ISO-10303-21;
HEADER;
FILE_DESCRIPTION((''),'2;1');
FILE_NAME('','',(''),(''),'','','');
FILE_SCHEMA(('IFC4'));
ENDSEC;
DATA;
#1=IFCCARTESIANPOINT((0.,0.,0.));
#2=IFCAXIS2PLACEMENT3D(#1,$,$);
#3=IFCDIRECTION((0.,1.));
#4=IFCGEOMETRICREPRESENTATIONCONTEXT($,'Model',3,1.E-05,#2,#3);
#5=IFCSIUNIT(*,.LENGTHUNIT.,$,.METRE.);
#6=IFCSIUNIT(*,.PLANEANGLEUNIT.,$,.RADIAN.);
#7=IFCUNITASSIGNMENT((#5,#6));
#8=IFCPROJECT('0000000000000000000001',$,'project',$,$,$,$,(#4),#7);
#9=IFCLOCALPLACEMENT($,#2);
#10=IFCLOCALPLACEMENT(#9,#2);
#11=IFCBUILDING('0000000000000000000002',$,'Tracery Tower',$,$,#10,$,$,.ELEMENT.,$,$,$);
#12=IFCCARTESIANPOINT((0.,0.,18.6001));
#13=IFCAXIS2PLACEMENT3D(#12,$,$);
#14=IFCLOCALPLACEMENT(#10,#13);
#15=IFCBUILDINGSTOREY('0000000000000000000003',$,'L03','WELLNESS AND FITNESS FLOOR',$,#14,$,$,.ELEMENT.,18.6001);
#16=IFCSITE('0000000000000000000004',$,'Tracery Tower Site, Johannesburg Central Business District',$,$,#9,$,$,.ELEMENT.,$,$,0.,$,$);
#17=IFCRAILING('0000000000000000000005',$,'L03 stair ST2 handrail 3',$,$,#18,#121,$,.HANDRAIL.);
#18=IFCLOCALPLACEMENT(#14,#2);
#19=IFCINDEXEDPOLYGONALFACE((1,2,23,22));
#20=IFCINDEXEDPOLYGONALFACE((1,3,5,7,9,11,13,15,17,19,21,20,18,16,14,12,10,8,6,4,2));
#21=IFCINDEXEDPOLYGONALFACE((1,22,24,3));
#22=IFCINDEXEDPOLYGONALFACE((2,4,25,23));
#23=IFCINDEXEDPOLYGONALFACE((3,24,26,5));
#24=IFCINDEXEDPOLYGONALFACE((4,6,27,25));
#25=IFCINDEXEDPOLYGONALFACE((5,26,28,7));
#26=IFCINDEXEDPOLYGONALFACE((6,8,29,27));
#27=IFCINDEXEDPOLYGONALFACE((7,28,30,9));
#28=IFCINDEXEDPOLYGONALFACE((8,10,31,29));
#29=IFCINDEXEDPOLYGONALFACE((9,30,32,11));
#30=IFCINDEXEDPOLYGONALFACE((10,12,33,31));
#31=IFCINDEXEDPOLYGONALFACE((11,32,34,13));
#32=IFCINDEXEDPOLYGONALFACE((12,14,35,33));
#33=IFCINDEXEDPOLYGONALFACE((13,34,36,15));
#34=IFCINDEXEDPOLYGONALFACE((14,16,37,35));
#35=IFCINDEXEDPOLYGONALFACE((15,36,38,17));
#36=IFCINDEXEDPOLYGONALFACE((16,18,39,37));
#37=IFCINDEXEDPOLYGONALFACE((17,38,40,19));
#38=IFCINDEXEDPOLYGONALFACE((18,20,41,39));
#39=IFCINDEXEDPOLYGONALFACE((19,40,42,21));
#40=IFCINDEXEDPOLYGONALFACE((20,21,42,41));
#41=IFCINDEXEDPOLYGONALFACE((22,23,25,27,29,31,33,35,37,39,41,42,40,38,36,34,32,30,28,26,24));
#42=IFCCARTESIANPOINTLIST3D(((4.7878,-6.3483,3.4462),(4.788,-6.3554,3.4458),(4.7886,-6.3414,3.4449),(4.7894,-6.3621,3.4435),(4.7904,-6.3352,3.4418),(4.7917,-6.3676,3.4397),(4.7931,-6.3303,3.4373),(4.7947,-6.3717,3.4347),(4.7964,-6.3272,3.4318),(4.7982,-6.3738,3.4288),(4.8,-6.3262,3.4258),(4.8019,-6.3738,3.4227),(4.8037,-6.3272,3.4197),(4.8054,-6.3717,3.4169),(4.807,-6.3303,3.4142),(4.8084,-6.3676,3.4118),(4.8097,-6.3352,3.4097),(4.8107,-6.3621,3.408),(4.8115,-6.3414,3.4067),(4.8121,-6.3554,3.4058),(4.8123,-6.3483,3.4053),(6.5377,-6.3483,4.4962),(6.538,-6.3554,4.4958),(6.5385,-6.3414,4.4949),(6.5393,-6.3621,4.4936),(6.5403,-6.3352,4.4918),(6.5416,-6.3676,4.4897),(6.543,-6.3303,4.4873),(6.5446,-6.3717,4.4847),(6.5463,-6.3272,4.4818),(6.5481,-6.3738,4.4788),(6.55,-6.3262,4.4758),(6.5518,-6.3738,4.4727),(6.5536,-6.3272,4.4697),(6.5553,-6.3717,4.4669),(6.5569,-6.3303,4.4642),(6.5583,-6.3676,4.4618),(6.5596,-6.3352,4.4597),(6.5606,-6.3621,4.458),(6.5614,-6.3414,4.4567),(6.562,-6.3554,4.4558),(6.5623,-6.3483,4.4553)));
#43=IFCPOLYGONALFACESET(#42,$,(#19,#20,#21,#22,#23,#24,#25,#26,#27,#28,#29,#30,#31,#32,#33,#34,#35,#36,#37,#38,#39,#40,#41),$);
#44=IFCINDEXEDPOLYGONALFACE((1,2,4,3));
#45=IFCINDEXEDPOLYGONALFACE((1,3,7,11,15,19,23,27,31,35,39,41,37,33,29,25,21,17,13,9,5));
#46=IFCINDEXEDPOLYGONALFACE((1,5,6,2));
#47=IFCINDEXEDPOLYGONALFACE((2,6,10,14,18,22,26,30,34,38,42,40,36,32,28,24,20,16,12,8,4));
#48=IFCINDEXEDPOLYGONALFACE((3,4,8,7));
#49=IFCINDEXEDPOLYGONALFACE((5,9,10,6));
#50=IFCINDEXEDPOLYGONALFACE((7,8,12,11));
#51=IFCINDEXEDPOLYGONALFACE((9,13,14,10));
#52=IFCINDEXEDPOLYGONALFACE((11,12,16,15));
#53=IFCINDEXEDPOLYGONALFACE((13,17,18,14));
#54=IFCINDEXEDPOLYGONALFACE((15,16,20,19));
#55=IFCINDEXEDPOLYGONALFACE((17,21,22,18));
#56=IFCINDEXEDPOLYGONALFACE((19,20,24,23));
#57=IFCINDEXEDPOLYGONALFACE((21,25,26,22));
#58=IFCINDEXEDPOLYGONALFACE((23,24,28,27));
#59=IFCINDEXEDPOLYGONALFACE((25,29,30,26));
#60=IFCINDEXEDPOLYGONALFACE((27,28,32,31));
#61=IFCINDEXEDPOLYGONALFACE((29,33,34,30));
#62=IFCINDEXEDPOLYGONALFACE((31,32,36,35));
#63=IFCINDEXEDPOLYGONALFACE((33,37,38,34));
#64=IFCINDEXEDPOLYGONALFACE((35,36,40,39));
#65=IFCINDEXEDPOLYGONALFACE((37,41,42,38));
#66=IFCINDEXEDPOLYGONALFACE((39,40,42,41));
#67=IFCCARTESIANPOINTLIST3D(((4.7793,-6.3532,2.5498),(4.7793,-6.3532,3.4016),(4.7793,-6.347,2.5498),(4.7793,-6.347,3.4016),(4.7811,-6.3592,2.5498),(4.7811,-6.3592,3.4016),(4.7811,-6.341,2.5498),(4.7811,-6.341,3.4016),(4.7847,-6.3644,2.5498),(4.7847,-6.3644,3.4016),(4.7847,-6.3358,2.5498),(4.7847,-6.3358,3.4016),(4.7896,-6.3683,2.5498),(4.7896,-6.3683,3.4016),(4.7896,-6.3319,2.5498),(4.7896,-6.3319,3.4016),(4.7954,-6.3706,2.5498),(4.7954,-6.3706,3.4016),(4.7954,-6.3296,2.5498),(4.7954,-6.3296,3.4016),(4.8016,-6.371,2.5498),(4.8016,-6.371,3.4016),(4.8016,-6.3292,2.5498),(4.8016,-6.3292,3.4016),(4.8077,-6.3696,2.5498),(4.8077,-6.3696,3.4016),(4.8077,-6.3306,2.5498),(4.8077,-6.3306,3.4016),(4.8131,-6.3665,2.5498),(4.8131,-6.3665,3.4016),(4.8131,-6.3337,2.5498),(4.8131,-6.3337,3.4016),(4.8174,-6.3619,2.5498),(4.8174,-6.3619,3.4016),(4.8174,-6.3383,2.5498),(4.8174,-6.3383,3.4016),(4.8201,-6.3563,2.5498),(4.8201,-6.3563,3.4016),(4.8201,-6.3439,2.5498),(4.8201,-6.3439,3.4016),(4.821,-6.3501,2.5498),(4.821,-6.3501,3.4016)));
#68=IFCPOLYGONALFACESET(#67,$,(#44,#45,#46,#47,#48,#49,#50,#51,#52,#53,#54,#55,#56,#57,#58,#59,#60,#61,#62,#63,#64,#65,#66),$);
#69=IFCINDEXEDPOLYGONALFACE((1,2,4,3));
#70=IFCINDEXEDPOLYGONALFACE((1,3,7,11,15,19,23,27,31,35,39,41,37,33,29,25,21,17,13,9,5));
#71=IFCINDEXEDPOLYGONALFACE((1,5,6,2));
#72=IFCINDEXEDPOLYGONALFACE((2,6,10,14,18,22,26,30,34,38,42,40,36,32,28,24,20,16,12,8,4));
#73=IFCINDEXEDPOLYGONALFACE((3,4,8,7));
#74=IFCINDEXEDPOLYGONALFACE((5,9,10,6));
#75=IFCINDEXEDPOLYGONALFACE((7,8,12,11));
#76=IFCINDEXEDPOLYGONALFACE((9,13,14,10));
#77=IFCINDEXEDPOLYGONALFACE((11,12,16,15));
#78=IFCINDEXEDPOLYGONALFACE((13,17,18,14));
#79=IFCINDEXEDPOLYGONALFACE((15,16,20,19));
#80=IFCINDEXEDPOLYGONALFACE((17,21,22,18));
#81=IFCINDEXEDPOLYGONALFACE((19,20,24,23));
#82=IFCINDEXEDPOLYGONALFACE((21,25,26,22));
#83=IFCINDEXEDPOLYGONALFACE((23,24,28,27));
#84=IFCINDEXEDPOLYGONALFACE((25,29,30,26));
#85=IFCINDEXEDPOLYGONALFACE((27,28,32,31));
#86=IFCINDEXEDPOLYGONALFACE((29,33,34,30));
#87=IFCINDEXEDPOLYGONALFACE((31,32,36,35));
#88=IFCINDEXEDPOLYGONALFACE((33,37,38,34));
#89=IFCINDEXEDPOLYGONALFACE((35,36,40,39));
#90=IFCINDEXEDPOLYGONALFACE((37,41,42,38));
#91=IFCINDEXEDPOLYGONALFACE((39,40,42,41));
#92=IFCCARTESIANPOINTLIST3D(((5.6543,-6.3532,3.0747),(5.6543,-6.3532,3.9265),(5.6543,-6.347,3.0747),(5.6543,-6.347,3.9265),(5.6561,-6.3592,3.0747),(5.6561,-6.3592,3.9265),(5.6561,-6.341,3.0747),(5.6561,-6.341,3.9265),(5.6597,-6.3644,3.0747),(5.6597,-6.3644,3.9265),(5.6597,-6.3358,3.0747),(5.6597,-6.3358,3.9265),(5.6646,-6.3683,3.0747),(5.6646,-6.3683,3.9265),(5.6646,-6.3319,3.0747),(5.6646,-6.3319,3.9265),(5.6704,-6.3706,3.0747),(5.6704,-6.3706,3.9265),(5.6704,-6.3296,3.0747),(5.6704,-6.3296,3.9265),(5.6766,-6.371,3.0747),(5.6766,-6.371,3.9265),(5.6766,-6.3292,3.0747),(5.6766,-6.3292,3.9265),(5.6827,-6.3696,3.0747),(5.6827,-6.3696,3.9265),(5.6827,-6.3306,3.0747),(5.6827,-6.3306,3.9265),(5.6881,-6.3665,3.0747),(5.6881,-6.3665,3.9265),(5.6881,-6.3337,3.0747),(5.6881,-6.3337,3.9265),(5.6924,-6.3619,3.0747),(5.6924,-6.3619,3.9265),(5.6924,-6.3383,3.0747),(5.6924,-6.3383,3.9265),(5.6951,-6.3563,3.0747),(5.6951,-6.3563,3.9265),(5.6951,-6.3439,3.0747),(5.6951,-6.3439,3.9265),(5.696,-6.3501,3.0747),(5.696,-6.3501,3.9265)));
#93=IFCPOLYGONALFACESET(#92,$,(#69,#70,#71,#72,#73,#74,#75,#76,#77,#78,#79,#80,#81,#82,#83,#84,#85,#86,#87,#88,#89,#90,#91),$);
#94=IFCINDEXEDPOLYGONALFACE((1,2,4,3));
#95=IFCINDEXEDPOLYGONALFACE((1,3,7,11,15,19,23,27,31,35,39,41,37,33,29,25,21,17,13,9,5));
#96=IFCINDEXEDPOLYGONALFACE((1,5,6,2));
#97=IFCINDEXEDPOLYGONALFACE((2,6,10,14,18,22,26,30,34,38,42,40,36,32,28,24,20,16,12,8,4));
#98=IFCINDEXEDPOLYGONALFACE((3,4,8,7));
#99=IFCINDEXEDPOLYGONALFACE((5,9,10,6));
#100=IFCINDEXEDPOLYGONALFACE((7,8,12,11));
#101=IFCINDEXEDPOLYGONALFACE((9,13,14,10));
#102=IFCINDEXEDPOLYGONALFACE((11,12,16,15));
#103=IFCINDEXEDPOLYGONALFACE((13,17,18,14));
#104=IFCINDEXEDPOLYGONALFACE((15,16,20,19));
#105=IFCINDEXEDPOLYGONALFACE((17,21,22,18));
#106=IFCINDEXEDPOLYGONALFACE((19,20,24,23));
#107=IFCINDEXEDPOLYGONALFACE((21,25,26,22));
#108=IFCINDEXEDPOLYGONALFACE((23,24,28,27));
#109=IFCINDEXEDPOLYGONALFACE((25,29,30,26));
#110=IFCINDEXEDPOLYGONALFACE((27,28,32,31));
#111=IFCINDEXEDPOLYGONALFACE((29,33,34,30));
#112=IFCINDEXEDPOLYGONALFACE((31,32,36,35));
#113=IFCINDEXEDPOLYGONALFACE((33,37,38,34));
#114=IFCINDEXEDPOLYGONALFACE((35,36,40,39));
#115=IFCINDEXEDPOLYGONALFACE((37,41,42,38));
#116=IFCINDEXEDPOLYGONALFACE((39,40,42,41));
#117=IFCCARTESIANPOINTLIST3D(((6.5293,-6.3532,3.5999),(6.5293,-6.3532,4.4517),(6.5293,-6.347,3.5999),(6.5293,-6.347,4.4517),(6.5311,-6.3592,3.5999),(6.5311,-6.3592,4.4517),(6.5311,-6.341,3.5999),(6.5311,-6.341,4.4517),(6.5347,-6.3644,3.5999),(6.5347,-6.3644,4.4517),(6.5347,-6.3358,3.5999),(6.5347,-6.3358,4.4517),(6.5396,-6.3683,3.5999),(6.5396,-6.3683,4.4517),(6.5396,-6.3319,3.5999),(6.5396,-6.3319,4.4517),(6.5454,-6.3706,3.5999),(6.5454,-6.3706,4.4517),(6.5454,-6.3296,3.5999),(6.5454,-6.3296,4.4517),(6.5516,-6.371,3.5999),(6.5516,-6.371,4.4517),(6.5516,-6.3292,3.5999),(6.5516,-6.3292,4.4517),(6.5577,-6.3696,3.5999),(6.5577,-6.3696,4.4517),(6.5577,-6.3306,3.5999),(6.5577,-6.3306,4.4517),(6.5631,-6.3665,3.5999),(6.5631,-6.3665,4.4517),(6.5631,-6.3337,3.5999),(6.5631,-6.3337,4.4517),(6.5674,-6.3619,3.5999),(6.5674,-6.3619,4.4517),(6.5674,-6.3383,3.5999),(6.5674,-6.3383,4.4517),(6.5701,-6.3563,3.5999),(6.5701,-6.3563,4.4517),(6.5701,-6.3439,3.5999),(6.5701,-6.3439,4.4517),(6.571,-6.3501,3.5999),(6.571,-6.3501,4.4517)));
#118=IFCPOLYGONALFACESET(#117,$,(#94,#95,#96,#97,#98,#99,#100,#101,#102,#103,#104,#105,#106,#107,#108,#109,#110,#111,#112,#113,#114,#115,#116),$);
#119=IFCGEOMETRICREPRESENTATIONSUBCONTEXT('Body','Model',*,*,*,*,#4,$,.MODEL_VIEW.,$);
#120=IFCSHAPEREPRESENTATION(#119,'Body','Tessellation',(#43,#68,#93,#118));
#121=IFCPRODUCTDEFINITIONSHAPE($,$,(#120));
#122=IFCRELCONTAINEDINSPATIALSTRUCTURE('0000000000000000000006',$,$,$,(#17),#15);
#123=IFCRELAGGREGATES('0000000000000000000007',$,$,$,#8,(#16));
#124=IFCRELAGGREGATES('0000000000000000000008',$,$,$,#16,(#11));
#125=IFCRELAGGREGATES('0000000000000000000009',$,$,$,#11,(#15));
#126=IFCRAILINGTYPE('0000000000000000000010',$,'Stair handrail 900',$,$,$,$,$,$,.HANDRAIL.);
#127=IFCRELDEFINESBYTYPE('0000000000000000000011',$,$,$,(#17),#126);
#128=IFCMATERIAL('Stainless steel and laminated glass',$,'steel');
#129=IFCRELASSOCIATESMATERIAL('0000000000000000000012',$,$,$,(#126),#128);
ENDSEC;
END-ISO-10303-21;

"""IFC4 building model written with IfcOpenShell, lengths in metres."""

from ifc_helpers import new_model, si_unit, direction, frame, origin, origin_2d, place, context, subcontext, project, spatial, circle, extrude, material, type_object, element, save


model = new_model("IFC4")

# Units and contexts
model_context = context("Model", 3, precision=1e-05, world=origin(), true_north=direction((0.0, 1.0)))
body_context = subcontext(model_context, "Body", "Model", "MODEL_VIEW")
ifc_project = project(units=[si_unit("LENGTHUNIT", "METRE"), si_unit("PLANEANGLEUNIT", "RADIAN")], contexts=[model_context])

# Site, building, storey
site_placement = place(None, origin())
site = spatial("IfcSite", under=ifc_project, at=site_placement, Name="Tracery Tower Site, Johannesburg Central Business District", CompositionType="ELEMENT", RefElevation=0.0)
building_placement = place(site_placement, origin())
building = spatial("IfcBuilding", under=site, at=building_placement, Name="Tracery Tower", CompositionType="ELEMENT")
storey_placement = place(building_placement, frame((0.0, 0.0, 18.6001)))
storey = spatial("IfcBuildingStorey", under=building, at=storey_placement, Name="L03", Description="WELLNESS AND FITNESS FLOOR", CompositionType="ELEMENT", Elevation=18.6001)

# Railing
ifc_material_1 = material(Name="Stainless steel and laminated glass", Category="steel")
railing_type_1 = type_object("IfcRailingType", Name="Stair handrail 900", PredefinedType="HANDRAIL", material=ifc_material_1)
railing_1_placement = place(storey_placement, frame((4.8, -6.3501, 2.5498)))
element("IfcRailing", 1, at=railing_1_placement, inside=storey, type_object=railing_type_1, Name="L03 stair ST2 handrail 3", PredefinedType="HANDRAIL", context=body_context, shape_type="SweptSolid", body=[
    extrude(circle(Radius=0.0239, at=origin_2d()), frame((0.0, 0.0, 0.876), z_axis=(0.857482, 0.0, 0.514513), x_axis=(0.0, 1.0, 0.0)), (0.0, 0.0, 1.0), 2.0408),
    extrude(circle(Radius=0.021, at=origin_2d()), origin(), (0.0, 0.0, 1.0), 0.8518),
    extrude(circle(Radius=0.021, at=origin_2d()), frame((0.875, 0.0, 0.5249)), (0.0, 0.0, 1.0), 0.8518),
    extrude(circle(Radius=0.021, at=origin_2d()), frame((1.75, 0.0, 1.05)), (0.0, 0.0, 1.0), 0.8518),
])

save(model, "model.ifc")
